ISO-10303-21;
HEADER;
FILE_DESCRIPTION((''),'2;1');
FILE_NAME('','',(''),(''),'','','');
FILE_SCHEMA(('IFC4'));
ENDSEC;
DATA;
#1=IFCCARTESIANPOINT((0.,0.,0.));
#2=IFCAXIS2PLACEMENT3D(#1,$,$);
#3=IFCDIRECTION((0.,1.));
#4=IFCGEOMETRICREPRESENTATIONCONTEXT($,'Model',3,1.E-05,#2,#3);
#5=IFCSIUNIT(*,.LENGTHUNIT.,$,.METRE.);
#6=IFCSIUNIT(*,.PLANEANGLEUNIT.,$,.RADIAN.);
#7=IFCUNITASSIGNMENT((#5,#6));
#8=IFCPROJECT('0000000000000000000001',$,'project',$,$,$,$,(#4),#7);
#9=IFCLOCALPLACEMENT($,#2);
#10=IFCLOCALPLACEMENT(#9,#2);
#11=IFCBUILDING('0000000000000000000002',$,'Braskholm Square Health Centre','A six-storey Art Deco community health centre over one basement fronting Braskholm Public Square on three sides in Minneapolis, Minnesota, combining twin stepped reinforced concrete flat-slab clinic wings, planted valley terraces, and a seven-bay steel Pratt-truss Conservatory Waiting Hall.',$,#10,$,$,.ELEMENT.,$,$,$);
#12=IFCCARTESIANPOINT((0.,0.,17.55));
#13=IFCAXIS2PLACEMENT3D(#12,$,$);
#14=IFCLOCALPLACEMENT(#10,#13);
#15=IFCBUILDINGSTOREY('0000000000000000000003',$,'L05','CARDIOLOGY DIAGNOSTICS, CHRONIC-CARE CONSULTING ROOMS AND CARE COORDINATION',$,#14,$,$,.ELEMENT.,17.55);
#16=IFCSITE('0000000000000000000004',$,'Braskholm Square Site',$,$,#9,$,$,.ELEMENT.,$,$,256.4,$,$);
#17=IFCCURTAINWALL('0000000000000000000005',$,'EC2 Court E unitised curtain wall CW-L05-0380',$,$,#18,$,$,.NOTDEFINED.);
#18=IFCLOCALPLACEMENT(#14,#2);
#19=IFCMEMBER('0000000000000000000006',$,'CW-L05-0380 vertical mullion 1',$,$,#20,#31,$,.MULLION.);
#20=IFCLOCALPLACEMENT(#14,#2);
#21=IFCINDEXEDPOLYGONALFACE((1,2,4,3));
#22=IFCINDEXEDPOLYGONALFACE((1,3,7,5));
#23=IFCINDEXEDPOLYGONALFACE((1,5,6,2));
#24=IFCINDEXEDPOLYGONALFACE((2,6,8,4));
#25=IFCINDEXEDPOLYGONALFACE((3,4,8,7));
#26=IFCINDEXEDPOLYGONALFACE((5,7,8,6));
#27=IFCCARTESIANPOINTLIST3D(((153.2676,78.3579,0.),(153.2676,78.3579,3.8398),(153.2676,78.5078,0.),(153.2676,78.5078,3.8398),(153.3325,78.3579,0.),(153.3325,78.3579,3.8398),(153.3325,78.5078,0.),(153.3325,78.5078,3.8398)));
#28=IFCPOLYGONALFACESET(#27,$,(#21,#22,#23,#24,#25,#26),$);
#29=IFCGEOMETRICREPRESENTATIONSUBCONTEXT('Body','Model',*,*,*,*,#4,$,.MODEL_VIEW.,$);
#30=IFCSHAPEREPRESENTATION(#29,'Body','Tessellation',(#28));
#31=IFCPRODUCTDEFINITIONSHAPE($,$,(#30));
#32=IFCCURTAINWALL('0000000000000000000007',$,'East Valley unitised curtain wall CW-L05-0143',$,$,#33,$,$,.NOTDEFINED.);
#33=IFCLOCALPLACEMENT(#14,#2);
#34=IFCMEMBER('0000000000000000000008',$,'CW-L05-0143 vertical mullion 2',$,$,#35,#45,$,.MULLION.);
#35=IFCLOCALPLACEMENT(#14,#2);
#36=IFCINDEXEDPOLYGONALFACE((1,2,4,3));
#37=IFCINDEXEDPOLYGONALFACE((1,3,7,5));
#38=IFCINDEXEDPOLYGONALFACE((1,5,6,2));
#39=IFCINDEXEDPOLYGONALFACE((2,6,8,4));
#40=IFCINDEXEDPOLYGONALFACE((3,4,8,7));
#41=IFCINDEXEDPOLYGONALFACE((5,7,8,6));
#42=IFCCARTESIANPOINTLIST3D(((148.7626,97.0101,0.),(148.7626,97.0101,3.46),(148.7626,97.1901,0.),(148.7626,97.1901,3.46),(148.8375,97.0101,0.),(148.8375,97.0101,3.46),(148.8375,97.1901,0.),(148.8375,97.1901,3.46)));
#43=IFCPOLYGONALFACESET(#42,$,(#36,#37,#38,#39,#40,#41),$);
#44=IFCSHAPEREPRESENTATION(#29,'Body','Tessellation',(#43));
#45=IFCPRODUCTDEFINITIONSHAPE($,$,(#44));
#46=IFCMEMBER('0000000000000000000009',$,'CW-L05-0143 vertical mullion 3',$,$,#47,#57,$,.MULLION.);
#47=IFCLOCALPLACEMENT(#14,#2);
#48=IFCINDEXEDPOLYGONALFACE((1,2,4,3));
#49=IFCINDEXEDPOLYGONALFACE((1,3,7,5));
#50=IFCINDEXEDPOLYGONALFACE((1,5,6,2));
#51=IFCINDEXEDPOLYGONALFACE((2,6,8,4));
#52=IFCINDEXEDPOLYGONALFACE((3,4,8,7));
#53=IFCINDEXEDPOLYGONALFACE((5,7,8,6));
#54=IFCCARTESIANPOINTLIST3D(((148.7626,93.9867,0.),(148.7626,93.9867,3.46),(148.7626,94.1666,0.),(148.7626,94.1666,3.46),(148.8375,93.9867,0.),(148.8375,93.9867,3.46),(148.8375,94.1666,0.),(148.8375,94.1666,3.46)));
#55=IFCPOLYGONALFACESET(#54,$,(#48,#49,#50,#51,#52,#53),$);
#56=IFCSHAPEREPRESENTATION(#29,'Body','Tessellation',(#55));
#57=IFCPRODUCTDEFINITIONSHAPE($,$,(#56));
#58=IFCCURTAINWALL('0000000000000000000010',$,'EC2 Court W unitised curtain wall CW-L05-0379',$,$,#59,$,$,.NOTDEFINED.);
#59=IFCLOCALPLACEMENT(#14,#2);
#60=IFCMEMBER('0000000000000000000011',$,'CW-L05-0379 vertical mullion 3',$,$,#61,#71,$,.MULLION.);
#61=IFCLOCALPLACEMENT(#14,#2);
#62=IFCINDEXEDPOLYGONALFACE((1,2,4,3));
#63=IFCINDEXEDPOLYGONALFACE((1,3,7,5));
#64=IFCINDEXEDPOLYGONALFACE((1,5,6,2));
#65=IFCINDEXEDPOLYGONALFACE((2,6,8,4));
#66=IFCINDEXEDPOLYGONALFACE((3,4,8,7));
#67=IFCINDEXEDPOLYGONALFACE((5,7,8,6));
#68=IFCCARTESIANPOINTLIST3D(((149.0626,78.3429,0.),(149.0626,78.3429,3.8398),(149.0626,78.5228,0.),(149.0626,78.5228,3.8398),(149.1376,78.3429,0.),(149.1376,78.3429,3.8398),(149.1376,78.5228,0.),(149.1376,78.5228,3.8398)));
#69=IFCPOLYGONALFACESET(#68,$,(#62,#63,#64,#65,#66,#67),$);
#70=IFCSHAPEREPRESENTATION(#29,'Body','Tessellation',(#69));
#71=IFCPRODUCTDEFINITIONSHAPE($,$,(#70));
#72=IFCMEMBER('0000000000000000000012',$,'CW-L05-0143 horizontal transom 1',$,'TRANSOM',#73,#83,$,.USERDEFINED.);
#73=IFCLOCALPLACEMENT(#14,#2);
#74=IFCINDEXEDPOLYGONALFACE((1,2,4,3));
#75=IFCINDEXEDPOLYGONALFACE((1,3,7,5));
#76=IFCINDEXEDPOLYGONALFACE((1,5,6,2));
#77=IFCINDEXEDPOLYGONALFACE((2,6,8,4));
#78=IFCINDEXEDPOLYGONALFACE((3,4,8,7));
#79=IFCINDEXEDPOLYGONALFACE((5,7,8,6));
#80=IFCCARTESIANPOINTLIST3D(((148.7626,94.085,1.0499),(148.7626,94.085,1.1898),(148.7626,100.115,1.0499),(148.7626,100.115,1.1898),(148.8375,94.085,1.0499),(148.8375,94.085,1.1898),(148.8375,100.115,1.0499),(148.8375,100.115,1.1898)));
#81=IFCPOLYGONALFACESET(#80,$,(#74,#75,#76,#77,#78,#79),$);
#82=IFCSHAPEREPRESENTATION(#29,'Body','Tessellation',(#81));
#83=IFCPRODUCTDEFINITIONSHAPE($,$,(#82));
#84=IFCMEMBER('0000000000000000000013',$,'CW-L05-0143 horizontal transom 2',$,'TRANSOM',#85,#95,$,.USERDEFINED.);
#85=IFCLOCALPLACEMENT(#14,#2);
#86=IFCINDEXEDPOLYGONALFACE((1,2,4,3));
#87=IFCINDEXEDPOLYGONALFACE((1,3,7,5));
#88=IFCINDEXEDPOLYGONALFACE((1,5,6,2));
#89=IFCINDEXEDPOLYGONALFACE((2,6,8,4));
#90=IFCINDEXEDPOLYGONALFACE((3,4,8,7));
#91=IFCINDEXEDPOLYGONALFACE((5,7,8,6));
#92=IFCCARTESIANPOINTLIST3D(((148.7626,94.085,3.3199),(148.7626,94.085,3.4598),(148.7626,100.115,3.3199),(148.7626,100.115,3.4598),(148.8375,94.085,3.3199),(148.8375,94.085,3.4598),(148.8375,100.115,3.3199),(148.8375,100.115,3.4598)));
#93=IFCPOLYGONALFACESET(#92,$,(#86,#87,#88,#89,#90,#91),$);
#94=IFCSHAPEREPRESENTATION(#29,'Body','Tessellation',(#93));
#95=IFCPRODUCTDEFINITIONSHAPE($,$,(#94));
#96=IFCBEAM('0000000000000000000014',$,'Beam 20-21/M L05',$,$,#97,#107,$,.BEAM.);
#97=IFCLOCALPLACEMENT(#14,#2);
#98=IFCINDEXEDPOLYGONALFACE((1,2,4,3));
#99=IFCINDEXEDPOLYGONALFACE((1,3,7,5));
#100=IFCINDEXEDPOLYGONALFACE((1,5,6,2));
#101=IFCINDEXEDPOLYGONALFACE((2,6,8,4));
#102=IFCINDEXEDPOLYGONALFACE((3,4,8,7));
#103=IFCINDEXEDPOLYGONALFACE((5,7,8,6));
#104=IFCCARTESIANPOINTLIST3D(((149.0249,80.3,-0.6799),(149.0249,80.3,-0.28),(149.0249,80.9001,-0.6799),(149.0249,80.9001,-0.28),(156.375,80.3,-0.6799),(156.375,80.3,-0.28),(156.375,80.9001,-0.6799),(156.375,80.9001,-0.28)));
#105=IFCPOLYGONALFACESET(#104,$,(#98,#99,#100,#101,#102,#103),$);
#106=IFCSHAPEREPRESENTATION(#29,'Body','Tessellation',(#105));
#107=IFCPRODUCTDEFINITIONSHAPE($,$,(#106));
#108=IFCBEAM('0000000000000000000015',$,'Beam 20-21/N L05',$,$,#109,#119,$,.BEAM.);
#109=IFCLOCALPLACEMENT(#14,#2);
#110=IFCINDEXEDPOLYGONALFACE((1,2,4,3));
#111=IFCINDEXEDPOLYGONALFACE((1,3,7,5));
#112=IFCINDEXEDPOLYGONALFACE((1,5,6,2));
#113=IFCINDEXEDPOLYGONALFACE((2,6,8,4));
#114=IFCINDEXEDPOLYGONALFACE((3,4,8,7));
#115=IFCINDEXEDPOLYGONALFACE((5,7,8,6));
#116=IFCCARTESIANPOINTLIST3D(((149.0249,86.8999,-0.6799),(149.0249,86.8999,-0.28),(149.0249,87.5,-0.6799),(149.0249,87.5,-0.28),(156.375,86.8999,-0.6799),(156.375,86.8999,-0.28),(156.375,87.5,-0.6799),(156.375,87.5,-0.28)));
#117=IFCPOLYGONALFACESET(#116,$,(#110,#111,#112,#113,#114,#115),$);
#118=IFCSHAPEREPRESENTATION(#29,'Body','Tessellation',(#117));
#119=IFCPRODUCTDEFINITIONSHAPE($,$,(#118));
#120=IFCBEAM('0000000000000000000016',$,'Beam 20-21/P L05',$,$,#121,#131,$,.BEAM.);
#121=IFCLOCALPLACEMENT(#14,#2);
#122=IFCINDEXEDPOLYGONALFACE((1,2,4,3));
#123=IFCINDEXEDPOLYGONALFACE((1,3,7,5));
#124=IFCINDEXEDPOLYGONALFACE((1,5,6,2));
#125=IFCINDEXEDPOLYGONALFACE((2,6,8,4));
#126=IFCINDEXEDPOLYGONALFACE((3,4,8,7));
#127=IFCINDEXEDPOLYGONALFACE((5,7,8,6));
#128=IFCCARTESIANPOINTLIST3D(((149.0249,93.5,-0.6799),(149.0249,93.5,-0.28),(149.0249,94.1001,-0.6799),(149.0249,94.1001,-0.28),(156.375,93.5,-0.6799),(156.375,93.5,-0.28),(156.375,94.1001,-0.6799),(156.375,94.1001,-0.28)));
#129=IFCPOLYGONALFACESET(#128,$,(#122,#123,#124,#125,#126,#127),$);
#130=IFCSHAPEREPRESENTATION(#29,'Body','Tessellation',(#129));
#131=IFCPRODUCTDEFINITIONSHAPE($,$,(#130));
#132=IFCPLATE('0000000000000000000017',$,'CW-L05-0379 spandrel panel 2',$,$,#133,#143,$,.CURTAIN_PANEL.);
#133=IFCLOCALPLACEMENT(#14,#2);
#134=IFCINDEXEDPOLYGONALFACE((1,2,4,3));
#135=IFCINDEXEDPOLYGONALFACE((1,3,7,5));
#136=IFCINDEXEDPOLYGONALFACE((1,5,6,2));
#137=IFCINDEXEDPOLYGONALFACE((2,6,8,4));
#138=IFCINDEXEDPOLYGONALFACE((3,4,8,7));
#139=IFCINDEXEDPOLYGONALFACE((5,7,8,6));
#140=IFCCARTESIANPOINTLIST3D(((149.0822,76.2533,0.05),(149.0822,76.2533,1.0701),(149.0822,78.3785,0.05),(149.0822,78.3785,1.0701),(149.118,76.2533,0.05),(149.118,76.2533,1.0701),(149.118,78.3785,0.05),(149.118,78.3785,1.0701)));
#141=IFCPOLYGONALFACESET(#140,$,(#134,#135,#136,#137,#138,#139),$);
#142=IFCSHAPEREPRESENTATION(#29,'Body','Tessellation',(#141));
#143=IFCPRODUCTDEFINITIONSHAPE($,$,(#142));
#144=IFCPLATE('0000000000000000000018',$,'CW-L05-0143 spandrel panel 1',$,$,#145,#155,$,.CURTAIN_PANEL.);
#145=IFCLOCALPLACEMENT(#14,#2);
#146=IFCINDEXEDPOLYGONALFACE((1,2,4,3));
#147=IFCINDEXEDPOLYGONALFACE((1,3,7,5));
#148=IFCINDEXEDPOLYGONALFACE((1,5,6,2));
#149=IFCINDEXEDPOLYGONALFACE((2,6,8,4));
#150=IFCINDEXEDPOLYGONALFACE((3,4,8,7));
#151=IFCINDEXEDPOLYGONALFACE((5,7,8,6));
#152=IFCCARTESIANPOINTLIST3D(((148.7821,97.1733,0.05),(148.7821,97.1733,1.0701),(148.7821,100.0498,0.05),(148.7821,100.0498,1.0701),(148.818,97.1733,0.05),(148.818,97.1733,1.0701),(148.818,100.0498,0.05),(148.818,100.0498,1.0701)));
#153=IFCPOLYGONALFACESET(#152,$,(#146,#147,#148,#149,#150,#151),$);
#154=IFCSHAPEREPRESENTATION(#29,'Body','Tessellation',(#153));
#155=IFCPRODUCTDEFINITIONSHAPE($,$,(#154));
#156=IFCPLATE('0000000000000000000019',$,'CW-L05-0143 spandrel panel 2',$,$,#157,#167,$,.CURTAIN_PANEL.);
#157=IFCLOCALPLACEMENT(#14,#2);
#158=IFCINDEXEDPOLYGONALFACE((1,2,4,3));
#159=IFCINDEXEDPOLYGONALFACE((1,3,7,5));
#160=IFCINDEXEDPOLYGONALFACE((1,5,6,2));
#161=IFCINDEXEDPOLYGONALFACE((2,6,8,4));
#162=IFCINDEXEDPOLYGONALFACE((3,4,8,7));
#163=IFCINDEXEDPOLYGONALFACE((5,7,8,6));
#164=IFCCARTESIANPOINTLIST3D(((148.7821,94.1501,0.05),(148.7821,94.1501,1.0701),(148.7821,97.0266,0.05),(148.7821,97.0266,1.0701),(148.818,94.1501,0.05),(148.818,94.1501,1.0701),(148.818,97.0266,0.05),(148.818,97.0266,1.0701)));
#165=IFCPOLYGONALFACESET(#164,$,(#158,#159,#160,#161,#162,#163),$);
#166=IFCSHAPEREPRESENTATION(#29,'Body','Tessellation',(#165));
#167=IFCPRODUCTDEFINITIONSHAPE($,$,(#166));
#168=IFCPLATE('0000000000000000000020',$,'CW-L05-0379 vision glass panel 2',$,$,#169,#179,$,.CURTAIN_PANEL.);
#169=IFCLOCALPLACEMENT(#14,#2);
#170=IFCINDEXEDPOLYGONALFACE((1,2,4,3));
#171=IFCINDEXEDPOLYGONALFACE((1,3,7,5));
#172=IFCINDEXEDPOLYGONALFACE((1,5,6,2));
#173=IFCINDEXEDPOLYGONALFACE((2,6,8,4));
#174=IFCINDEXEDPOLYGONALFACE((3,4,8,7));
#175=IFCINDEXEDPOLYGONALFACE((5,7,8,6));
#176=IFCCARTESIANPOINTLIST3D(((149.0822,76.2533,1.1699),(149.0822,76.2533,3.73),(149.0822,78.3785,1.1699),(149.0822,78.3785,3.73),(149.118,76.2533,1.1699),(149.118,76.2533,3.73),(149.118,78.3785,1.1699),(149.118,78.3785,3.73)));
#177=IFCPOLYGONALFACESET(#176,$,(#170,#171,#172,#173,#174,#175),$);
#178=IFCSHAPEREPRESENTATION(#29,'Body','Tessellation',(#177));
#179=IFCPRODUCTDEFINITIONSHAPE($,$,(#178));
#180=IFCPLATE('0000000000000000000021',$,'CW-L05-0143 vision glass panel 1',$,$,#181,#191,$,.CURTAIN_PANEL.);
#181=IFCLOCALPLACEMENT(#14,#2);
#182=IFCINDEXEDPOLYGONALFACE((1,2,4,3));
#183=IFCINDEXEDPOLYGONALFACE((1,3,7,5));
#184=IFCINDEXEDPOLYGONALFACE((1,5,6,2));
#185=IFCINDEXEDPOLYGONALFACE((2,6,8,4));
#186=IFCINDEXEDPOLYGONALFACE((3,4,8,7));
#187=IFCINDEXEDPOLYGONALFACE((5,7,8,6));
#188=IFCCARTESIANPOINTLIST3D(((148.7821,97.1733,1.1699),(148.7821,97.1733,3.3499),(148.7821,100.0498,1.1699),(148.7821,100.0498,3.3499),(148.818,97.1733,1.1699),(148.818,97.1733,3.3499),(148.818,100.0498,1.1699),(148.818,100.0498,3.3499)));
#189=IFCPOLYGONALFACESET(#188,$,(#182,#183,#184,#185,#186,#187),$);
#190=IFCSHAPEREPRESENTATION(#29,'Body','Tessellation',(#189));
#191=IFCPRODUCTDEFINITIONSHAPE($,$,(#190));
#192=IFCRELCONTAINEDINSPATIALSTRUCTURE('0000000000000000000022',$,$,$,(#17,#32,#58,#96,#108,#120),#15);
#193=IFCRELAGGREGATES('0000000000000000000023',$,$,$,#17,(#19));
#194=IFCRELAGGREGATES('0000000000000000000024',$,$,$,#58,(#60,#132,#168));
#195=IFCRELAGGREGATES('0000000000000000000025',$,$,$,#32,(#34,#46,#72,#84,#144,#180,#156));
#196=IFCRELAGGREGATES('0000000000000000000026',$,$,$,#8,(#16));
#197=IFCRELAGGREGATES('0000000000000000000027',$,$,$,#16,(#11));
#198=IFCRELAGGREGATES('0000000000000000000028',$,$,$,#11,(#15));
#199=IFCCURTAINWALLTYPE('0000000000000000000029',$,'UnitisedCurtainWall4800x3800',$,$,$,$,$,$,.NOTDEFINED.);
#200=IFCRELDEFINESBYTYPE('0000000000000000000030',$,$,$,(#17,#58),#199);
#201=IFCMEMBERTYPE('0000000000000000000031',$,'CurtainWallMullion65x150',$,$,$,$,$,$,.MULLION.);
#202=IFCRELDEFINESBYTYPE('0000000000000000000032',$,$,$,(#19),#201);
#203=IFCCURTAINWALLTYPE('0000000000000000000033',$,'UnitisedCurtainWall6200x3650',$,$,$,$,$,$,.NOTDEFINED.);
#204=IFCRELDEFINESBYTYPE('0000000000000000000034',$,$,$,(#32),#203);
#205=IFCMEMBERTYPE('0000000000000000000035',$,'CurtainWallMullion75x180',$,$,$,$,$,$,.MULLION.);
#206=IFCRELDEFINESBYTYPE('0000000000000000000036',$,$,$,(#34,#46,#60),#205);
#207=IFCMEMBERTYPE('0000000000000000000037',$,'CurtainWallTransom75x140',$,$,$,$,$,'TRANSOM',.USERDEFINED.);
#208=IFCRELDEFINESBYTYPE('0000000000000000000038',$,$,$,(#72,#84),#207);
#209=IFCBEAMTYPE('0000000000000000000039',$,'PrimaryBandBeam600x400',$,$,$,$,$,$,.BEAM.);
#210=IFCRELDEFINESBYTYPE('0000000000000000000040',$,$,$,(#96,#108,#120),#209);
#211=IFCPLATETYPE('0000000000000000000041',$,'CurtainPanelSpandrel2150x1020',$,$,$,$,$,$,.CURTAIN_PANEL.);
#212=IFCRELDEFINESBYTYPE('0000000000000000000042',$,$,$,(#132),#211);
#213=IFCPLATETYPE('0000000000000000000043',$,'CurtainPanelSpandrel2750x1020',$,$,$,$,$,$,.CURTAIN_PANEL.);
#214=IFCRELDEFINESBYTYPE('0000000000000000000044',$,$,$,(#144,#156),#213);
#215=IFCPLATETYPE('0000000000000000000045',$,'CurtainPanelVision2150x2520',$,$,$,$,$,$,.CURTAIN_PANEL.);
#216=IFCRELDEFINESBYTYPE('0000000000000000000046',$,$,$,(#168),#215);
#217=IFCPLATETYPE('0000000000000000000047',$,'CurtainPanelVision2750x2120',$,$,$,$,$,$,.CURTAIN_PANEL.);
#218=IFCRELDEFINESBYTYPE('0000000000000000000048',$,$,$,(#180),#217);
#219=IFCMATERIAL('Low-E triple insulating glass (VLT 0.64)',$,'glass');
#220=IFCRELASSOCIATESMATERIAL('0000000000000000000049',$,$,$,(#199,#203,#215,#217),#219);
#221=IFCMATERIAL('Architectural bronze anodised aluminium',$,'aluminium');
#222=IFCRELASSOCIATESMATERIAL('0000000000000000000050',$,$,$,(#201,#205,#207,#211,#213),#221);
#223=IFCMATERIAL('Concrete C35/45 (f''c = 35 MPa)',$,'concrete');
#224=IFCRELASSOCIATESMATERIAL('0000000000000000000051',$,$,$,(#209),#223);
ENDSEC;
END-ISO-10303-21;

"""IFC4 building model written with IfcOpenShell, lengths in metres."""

from ifc_helpers import new_model, si_unit, direction, frame, origin, origin_2d, place, context, subcontext, project, spatial, rectangle, extrude, material, material_profile, profile_set, type_object, element, aggregate, save


model = new_model("IFC4")

# Units and contexts
model_context = context("Model", 3, precision=1e-05, world=origin(), true_north=direction((0.0, 1.0)))
body_context = subcontext(model_context, "Body", "Model", "MODEL_VIEW")
ifc_project = project(units=[si_unit("LENGTHUNIT", "METRE"), si_unit("PLANEANGLEUNIT", "RADIAN")], contexts=[model_context])

# Site, building, storey
site_placement = place(None, origin())
site = spatial("IfcSite", under=ifc_project, at=site_placement, Name="Braskholm Square Site", CompositionType="ELEMENT", RefElevation=256.4)
building_placement = place(site_placement, origin())
building = spatial("IfcBuilding", under=site, at=building_placement, Name="Braskholm Square Health Centre", Description="A six-storey Art Deco community health centre over one basement fronting Braskholm Public Square on three sides in Minneapolis, Minnesota, combining twin stepped reinforced concrete flat-slab clinic wings, planted valley terraces, and a seven-bay steel Pratt-truss Conservatory Waiting Hall.", CompositionType="ELEMENT")
storey_placement = place(building_placement, frame((0.0, 0.0, 17.55)))
storey = spatial("IfcBuildingStorey", under=building, at=storey_placement, Name="L05", Description="CARDIOLOGY DIAGNOSTICS, CHRONIC-CARE CONSULTING ROOMS AND CARE COORDINATION", CompositionType="ELEMENT", Elevation=17.55)

# Curtain wall, member
ifc_material_1 = material(Name="Low-E triple insulating glass (VLT 0.64)", Category="glass")
curtain_wall_type_1 = type_object("IfcCurtainWallType", Name="UnitisedCurtainWall4800x3800", PredefinedType="NOTDEFINED", material=ifc_material_1)
curtain_wall_1_placement = place(storey_placement, origin())
curtain_wall_1 = element("IfcCurtainWall", 1, at=curtain_wall_1_placement, inside=storey, type_object=curtain_wall_type_1, Name="EC2 Court E unitised curtain wall CW-L05-0380", PredefinedType="NOTDEFINED")
ifc_material_2 = material(Name="Architectural bronze anodised aluminium", Category="aluminium")
ifc_material_profile_1 = material_profile(ifc_material_2, rectangle(XDim=0.0649, YDim=0.1499, at=origin_2d()), Name="ALU-65X150")
ifc_profile_set_1 = profile_set([ifc_material_profile_1], Name="Architectural bronze anodised aluminium")
member_type_1 = type_object("IfcMemberType", Name="CurtainWallMullion65x150", PredefinedType="MULLION", material=ifc_profile_set_1)
member_1_placement = place(storey_placement, frame((153.3, 78.4329, 0.0), z_axis=(0.0, 0.0, 1.0), x_axis=(1.0, 0.0, 0.0)))
member_1 = element("IfcMember", 2, at=member_1_placement, type_object=member_type_1, Name="CW-L05-0380 vertical mullion 1", PredefinedType="MULLION", context=body_context, shape_type="SweptSolid", body=[
    extrude(rectangle(XDim=0.0649, YDim=0.1499, at=origin_2d()), origin(), (0.0, 0.0, 1.0), 3.8398),
])
aggregate(curtain_wall_1, [member_1])

# Curtain wall, members
curtain_wall_type_2 = type_object("IfcCurtainWallType", Name="UnitisedCurtainWall6200x3650", PredefinedType="NOTDEFINED", material=ifc_material_1)
curtain_wall_2_placement = place(storey_placement, origin())
curtain_wall_2 = element("IfcCurtainWall", 3, at=curtain_wall_2_placement, inside=storey, type_object=curtain_wall_type_2, Name="East Valley unitised curtain wall CW-L05-0143", PredefinedType="NOTDEFINED")
ifc_material_profile_2 = material_profile(ifc_material_2, rectangle(XDim=0.075, YDim=0.1799, at=origin_2d()), Name="ALU-75X180")
ifc_profile_set_2 = profile_set([ifc_material_profile_2], Name="Architectural bronze anodised aluminium")
member_type_2 = type_object("IfcMemberType", Name="CurtainWallMullion75x180", PredefinedType="MULLION", material=ifc_profile_set_2)
member_2_placement = place(storey_placement, frame((148.8, 97.1001, 0.0), z_axis=(0.0, 0.0, 1.0), x_axis=(1.0, 0.0, 0.0)))
member_2 = element("IfcMember", 4, at=member_2_placement, type_object=member_type_2, Name="CW-L05-0143 vertical mullion 2", PredefinedType="MULLION", context=body_context, shape_type="SweptSolid", body=[
    extrude(rectangle(XDim=0.075, YDim=0.1799, at=origin_2d()), origin(), (0.0, 0.0, 1.0), 3.46),
])
member_3_placement = place(storey_placement, frame((148.8, 94.0767, 0.0), z_axis=(0.0, 0.0, 1.0), x_axis=(1.0, 0.0, 0.0)))
member_3 = element("IfcMember", 5, at=member_3_placement, type_object=member_type_2, Name="CW-L05-0143 vertical mullion 3", PredefinedType="MULLION", context=body_context, shape_type="SweptSolid", body=[
    extrude(rectangle(XDim=0.075, YDim=0.1799, at=origin_2d()), origin(), (0.0, 0.0, 1.0), 3.46),
])

# Curtain wall, member
curtain_wall_3_placement = place(storey_placement, origin())
curtain_wall_3 = element("IfcCurtainWall", 6, at=curtain_wall_3_placement, inside=storey, type_object=curtain_wall_type_1, Name="EC2 Court W unitised curtain wall CW-L05-0379", PredefinedType="NOTDEFINED")
member_4_placement = place(storey_placement, frame((149.1001, 78.4329, 0.0), z_axis=(0.0, 0.0, 1.0), x_axis=(1.0, 0.0, 0.0)))
member_4 = element("IfcMember", 7, at=member_4_placement, type_object=member_type_2, Name="CW-L05-0379 vertical mullion 3", PredefinedType="MULLION", context=body_context, shape_type="SweptSolid", body=[
    extrude(rectangle(XDim=0.075, YDim=0.1799, at=origin_2d()), origin(), (0.0, 0.0, 1.0), 3.8398),
])

# Members
ifc_material_profile_3 = material_profile(ifc_material_2, rectangle(XDim=0.075, YDim=0.1399, at=origin_2d()), Name="ALU-75X140")
ifc_profile_set_3 = profile_set([ifc_material_profile_3], Name="Architectural bronze anodised aluminium")
member_type_3 = type_object("IfcMemberType", Name="CurtainWallTransom75x140", ElementType="TRANSOM", PredefinedType="USERDEFINED", material=ifc_profile_set_3)
member_5_placement = place(storey_placement, frame((148.8, 100.115, 1.1199), z_axis=(0.0, -1.0, 0.0), x_axis=(1.0, 0.0, 0.0)))
member_5 = element("IfcMember", 8, at=member_5_placement, type_object=member_type_3, Name="CW-L05-0143 horizontal transom 1", ObjectType="TRANSOM", PredefinedType="USERDEFINED", context=body_context, shape_type="SweptSolid", body=[
    extrude(rectangle(XDim=0.075, YDim=0.1399, at=origin_2d()), origin(), (0.0, 0.0, 1.0), 6.03),
])
member_6_placement = place(storey_placement, frame((148.8, 100.115, 3.3899), z_axis=(0.0, -1.0, 0.0), x_axis=(1.0, 0.0, 0.0)))
member_6 = element("IfcMember", 9, at=member_6_placement, type_object=member_type_3, Name="CW-L05-0143 horizontal transom 2", ObjectType="TRANSOM", PredefinedType="USERDEFINED", context=body_context, shape_type="SweptSolid", body=[
    extrude(rectangle(XDim=0.075, YDim=0.1399, at=origin_2d()), origin(), (0.0, 0.0, 1.0), 6.03),
])

# Beams
ifc_material_3 = material(Name="Concrete C35/45 (f'c = 35 MPa)", Category="concrete")
ifc_material_profile_4 = material_profile(ifc_material_3, rectangle(XDim=0.6001, YDim=0.3999, at=origin_2d()), Name="RCB-600X400")
ifc_profile_set_4 = profile_set([ifc_material_profile_4], Name="Concrete C35/45 (f'c = 35 MPa)")
beam_type = type_object("IfcBeamType", Name="PrimaryBandBeam600x400", PredefinedType="BEAM", material=ifc_profile_set_4)
for number, where, z_axis, x_axis, name in (
    (10, (149.0249, 80.6001, -0.48), (1.0, 0.0, 0.0), (0.0, 1.0, 0.0), "Beam 20-21/M L05"),
    (11, (149.0249, 87.2, -0.48), (1.0, 0.0, 0.0), (0.0, 1.0, 0.0), "Beam 20-21/N L05"),
    (12, (149.0249, 93.8, -0.48), (1.0, 0.0, 0.0), (0.0, 1.0, 0.0), "Beam 20-21/P L05"),
):
    element("IfcBeam", number, at=place(storey_placement, frame(where, z_axis=z_axis, x_axis=x_axis)), inside=storey, type_object=beam_type, Name=name, PredefinedType="BEAM", context=body_context, shape_type="SweptSolid", body=[
        extrude(rectangle(XDim=0.6001, YDim=0.3999, at=origin_2d()), origin(), (0.0, 0.0, 1.0), 7.3501),
    ])

# Plates
plate_type_1 = type_object("IfcPlateType", Name="CurtainPanelSpandrel2150x1020", PredefinedType="CURTAIN_PANEL", material=ifc_material_2)
plate_1_placement = place(storey_placement, frame((149.1001, 77.3159, 0.05), z_axis=(0.0, 0.0, 1.0), x_axis=(0.0, 1.0, 0.0)))
plate_1 = element("IfcPlate", 13, at=plate_1_placement, type_object=plate_type_1, Name="CW-L05-0379 spandrel panel 2", PredefinedType="CURTAIN_PANEL", context=body_context, shape_type="SweptSolid", body=[
    extrude(rectangle(XDim=2.1252, YDim=0.0359, at=origin_2d()), origin(), (0.0, 0.0, 1.0), 1.02),
])
plate_type_2 = type_object("IfcPlateType", Name="CurtainPanelSpandrel2750x1020", PredefinedType="CURTAIN_PANEL", material=ifc_material_2)
plate_2_placement = place(storey_placement, frame((148.8, 98.6116, 0.05), z_axis=(0.0, 0.0, 1.0), x_axis=(0.0, -1.0, 0.0)))
plate_2 = element("IfcPlate", 14, at=plate_2_placement, type_object=plate_type_2, Name="CW-L05-0143 spandrel panel 1", PredefinedType="CURTAIN_PANEL", context=body_context, shape_type="SweptSolid", body=[
    extrude(rectangle(XDim=2.8765, YDim=0.0359, at=origin_2d()), origin(), (0.0, 0.0, 1.0), 1.02),
])
plate_3_placement = place(storey_placement, frame((148.8, 95.5884, 0.05), z_axis=(0.0, 0.0, 1.0), x_axis=(0.0, -1.0, 0.0)))
plate_3 = element("IfcPlate", 15, at=plate_3_placement, type_object=plate_type_2, Name="CW-L05-0143 spandrel panel 2", PredefinedType="CURTAIN_PANEL", context=body_context, shape_type="SweptSolid", body=[
    extrude(rectangle(XDim=2.8765, YDim=0.0359, at=origin_2d()), origin(), (0.0, 0.0, 1.0), 1.02),
])
plate_type_3 = type_object("IfcPlateType", Name="CurtainPanelVision2150x2520", PredefinedType="CURTAIN_PANEL", material=ifc_material_1)
plate_4_placement = place(storey_placement, frame((149.1001, 77.3159, 1.1699), z_axis=(0.0, 0.0, 1.0), x_axis=(0.0, 1.0, 0.0)))
plate_4 = element("IfcPlate", 16, at=plate_4_placement, type_object=plate_type_3, Name="CW-L05-0379 vision glass panel 2", PredefinedType="CURTAIN_PANEL", context=body_context, shape_type="SweptSolid", body=[
    extrude(rectangle(XDim=2.1252, YDim=0.0359, at=origin_2d()), origin(), (0.0, 0.0, 1.0), 2.5601),
])
aggregate(curtain_wall_3, [member_4, plate_1, plate_4])
plate_type_4 = type_object("IfcPlateType", Name="CurtainPanelVision2750x2120", PredefinedType="CURTAIN_PANEL", material=ifc_material_1)
plate_5_placement = place(storey_placement, frame((148.8, 98.6116, 1.1699), z_axis=(0.0, 0.0, 1.0), x_axis=(0.0, -1.0, 0.0)))
plate_5 = element("IfcPlate", 17, at=plate_5_placement, type_object=plate_type_4, Name="CW-L05-0143 vision glass panel 1", PredefinedType="CURTAIN_PANEL", context=body_context, shape_type="SweptSolid", body=[
    extrude(rectangle(XDim=2.8765, YDim=0.0359, at=origin_2d()), origin(), (0.0, 0.0, 1.0), 2.1799),
])
aggregate(curtain_wall_2, [member_2, member_3, member_5, member_6, plate_2, plate_5, plate_3])

save(model, "model.ifc")
